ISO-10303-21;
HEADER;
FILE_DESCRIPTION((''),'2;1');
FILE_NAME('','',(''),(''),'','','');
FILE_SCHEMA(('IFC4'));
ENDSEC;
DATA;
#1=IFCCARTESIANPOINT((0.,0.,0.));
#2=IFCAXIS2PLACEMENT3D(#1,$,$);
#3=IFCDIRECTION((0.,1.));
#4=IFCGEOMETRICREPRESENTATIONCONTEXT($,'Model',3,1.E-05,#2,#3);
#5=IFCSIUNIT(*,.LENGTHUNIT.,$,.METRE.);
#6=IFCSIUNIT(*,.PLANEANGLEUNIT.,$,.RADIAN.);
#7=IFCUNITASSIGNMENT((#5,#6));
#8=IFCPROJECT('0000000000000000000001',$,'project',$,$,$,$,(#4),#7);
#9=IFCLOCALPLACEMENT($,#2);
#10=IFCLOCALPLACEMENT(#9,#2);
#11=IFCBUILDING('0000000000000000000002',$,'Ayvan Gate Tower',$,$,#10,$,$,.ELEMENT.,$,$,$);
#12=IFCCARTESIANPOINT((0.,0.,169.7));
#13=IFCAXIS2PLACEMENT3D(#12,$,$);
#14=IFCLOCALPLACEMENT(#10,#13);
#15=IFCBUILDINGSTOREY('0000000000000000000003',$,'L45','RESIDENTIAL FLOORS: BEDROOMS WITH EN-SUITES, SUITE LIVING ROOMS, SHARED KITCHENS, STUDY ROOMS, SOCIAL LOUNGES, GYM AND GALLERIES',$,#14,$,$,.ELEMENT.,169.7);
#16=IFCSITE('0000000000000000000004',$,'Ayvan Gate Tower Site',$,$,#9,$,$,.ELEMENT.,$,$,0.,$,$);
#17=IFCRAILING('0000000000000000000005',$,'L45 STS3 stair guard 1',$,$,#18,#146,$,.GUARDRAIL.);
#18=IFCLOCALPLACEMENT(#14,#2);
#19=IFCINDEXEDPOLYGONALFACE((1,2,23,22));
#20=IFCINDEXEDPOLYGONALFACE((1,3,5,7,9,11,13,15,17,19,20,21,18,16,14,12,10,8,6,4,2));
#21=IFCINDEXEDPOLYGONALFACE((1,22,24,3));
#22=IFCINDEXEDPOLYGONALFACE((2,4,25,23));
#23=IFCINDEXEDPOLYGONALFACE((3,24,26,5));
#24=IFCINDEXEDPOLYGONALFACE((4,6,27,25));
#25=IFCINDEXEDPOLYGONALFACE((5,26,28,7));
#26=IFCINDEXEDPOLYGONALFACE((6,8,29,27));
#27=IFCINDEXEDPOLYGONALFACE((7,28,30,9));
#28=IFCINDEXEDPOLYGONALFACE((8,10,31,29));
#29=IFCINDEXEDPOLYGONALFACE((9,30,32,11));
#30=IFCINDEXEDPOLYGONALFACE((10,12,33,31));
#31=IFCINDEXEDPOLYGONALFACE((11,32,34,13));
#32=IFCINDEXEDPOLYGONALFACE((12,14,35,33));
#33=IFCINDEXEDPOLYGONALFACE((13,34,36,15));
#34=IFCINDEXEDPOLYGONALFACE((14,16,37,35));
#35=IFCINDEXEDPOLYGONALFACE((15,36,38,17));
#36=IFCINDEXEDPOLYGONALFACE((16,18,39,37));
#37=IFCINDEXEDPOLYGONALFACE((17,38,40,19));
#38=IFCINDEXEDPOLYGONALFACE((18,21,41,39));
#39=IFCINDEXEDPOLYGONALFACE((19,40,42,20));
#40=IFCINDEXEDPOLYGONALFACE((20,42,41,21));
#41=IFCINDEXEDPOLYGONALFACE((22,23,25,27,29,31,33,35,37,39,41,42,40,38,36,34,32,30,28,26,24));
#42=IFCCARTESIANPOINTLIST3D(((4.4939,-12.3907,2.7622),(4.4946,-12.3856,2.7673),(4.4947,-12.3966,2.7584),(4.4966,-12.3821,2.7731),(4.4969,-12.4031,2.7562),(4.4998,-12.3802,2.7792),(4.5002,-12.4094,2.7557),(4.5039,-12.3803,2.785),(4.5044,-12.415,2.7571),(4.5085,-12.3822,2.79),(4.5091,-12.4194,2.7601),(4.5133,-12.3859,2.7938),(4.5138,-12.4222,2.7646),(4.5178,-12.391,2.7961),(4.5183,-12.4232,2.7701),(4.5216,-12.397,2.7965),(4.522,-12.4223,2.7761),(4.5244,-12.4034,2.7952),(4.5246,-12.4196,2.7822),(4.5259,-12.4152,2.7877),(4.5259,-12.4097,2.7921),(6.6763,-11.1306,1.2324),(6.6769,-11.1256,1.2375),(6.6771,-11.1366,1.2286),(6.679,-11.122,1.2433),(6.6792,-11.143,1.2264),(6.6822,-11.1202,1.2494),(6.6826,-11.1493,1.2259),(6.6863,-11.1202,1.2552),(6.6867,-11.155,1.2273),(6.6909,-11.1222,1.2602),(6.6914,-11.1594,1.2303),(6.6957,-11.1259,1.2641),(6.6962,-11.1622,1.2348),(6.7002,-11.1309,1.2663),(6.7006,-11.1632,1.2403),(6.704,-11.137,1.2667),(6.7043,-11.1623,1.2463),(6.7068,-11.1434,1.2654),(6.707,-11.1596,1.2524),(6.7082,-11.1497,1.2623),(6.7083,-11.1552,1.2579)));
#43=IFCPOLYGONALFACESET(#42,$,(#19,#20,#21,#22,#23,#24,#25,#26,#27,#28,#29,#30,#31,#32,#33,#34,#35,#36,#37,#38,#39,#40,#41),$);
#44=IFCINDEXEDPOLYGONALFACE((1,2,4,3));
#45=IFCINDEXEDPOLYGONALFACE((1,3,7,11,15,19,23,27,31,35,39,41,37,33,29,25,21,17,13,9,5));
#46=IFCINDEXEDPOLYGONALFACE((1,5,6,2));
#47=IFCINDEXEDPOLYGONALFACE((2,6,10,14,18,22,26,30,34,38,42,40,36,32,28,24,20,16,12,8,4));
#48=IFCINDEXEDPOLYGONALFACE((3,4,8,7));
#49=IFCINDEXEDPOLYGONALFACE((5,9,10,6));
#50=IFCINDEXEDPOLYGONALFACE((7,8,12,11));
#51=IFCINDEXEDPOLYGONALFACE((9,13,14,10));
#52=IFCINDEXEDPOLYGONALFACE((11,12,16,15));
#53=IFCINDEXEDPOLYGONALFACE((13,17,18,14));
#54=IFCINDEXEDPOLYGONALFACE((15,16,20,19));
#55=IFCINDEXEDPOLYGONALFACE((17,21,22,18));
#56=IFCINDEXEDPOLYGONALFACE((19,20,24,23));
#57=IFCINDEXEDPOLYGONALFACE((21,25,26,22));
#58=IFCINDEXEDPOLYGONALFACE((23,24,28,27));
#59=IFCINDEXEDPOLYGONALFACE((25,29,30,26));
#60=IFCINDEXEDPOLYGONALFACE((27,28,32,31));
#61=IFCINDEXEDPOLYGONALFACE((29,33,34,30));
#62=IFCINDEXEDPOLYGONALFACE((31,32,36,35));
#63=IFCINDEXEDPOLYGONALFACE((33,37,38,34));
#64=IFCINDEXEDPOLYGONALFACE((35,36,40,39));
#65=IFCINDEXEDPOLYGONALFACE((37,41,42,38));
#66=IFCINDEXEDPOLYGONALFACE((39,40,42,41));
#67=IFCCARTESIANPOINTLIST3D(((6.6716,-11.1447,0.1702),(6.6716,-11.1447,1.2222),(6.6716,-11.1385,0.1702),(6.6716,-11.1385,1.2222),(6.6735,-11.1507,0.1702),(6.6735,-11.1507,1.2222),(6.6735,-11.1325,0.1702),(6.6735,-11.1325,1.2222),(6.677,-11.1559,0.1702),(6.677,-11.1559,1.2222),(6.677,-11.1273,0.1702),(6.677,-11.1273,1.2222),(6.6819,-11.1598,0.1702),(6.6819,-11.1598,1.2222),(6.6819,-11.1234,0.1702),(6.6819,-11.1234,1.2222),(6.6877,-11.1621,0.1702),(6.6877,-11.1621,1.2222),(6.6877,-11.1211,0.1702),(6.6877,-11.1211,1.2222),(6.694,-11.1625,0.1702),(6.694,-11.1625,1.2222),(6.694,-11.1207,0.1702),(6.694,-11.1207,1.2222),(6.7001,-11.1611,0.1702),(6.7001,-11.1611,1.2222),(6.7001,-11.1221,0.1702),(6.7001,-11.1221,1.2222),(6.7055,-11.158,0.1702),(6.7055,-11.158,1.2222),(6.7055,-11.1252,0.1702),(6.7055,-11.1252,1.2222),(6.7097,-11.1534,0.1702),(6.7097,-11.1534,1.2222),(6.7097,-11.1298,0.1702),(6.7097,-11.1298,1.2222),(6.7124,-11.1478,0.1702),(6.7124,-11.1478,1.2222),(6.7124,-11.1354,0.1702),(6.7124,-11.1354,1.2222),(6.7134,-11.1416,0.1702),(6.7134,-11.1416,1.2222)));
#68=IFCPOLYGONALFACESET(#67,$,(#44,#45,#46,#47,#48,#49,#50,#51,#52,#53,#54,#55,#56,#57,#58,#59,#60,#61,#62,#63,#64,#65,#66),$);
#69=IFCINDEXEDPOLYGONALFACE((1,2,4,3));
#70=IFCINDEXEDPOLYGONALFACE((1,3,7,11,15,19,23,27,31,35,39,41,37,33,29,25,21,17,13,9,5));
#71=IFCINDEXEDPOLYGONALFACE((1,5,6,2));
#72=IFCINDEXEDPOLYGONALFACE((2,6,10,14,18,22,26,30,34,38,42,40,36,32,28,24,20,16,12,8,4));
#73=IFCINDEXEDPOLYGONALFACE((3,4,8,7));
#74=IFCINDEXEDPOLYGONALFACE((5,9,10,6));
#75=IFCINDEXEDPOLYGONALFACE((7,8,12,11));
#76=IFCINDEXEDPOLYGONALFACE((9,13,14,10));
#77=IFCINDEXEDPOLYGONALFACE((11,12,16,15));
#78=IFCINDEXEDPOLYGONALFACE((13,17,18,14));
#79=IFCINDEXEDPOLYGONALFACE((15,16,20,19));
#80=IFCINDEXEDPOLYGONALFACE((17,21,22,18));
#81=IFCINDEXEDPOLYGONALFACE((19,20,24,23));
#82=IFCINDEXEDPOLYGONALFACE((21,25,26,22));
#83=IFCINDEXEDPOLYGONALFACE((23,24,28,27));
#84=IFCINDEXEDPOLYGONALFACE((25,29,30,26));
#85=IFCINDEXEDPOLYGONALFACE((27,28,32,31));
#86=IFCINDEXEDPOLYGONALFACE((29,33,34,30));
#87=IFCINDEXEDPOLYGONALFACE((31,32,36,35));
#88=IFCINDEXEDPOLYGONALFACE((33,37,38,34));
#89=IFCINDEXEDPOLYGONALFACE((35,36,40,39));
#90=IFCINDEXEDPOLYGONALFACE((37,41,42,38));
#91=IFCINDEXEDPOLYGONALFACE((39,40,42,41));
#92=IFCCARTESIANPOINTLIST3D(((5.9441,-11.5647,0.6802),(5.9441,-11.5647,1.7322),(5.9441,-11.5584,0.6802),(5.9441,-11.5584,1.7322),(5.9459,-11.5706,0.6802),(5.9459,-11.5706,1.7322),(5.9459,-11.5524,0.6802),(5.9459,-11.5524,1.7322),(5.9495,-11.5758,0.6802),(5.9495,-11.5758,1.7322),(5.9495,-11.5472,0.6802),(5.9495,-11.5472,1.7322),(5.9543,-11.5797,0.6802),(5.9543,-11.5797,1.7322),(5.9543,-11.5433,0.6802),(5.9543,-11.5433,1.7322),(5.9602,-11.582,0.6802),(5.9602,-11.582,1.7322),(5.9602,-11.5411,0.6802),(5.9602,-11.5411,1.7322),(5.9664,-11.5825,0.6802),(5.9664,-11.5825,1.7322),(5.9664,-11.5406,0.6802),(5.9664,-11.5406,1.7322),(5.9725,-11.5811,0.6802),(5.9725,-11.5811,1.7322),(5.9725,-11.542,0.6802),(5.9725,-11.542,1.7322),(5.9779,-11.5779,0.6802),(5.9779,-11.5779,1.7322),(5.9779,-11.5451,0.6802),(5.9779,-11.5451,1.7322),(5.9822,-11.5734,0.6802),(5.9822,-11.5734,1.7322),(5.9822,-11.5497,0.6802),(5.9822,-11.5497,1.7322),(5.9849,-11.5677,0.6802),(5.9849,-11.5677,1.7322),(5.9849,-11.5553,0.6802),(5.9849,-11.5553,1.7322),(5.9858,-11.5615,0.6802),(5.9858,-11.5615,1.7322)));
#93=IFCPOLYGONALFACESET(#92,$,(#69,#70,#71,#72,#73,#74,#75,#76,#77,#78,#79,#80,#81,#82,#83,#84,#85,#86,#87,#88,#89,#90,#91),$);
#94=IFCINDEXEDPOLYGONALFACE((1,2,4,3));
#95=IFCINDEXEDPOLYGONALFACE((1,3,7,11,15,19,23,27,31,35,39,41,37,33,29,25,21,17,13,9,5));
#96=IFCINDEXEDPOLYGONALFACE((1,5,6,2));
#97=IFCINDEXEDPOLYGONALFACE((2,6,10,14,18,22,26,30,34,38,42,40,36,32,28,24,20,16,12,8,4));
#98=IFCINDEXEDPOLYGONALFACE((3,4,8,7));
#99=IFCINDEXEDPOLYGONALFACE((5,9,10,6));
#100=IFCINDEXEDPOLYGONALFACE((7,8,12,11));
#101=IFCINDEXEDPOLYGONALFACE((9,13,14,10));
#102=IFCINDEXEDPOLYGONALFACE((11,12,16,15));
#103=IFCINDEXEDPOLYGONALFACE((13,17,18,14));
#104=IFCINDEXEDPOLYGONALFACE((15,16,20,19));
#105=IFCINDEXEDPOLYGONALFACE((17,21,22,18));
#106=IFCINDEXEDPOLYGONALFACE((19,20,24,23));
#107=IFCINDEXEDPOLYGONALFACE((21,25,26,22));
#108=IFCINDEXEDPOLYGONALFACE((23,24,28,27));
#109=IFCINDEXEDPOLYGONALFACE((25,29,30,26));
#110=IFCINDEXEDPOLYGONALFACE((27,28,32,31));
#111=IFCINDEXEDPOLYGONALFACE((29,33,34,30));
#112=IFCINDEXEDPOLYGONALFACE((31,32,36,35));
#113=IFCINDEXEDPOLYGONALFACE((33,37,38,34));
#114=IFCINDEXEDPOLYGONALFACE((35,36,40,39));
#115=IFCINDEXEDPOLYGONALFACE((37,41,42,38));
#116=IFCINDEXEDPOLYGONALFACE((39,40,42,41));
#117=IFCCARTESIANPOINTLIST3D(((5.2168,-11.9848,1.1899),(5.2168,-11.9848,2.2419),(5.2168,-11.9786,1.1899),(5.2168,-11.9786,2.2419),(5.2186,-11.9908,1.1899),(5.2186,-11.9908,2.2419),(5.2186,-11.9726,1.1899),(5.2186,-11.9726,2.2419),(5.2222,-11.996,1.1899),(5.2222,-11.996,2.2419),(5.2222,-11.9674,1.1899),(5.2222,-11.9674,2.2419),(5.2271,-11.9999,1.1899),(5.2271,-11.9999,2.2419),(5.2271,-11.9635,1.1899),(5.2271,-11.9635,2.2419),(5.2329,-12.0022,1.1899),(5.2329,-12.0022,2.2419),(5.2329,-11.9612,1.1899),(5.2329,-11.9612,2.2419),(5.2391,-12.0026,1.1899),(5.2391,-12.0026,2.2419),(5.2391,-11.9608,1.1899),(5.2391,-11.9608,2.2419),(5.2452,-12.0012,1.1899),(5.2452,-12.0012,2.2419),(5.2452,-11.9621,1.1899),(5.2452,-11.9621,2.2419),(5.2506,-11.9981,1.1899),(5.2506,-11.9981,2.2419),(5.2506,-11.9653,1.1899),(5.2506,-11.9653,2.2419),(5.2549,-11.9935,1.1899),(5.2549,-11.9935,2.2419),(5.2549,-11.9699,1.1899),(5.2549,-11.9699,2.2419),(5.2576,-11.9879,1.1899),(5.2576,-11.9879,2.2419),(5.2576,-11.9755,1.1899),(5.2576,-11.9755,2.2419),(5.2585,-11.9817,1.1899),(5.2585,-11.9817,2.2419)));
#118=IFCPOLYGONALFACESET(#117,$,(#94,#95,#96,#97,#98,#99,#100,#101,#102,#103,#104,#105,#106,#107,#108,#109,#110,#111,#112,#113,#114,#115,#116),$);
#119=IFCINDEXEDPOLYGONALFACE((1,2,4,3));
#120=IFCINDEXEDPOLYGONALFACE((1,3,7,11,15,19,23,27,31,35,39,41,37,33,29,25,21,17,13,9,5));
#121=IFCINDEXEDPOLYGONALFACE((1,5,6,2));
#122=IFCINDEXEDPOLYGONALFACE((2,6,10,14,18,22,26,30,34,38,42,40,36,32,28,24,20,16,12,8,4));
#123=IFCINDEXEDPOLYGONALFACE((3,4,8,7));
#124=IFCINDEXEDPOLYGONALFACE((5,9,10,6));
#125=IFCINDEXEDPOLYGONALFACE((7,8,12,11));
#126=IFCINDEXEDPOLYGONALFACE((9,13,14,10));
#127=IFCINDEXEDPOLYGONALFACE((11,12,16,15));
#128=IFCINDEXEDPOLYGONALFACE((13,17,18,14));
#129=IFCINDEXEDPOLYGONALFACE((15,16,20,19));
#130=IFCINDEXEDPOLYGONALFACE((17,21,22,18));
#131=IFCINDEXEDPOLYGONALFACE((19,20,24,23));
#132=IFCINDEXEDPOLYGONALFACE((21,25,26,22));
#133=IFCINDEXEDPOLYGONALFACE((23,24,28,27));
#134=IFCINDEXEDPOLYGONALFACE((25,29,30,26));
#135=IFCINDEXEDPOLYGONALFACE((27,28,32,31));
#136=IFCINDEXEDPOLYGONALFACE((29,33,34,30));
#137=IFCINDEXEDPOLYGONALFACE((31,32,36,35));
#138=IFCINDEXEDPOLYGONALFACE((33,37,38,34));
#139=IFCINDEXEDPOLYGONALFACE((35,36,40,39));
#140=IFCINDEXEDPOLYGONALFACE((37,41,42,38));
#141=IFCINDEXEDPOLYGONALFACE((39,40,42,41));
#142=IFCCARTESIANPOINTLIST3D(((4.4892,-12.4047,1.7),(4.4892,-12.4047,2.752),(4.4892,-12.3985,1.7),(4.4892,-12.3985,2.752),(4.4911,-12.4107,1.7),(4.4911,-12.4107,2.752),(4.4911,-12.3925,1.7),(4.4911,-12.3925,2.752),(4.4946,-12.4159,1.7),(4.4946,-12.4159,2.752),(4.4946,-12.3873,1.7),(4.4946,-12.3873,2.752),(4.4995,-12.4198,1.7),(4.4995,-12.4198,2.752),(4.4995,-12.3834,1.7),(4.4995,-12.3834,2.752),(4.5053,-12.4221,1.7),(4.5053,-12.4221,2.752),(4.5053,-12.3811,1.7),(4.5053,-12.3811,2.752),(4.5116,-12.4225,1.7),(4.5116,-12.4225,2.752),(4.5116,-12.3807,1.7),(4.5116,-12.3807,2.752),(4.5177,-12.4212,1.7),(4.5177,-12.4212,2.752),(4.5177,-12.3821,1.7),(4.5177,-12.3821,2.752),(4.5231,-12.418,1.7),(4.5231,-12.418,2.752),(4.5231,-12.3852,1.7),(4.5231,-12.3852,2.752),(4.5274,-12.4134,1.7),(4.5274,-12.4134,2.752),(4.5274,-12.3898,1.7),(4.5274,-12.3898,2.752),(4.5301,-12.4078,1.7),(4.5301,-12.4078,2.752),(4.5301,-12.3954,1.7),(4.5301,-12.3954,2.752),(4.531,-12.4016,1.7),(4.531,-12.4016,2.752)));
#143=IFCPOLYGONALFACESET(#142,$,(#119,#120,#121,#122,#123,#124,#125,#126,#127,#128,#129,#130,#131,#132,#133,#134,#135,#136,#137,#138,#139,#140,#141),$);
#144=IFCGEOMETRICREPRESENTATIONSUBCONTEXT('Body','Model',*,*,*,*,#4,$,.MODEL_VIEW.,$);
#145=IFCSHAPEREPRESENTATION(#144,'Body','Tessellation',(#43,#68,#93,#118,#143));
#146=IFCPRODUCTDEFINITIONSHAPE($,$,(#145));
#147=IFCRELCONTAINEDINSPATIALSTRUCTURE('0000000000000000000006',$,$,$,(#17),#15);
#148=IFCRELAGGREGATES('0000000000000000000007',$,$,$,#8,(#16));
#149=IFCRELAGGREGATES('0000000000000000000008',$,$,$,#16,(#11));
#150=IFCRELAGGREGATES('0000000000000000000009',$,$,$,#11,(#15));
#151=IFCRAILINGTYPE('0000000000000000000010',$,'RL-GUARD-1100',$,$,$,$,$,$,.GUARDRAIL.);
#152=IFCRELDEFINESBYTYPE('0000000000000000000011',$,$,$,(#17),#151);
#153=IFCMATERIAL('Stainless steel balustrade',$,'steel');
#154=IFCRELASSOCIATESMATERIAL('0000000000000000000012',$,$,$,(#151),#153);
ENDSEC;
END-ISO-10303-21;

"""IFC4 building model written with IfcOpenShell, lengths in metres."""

from ifc_helpers import new_model, si_unit, direction, frame, origin, origin_2d, place, context, subcontext, project, spatial, circle, extrude, material, type_object, element, save


model = new_model("IFC4")

# Units and contexts
model_context = context("Model", 3, precision=1e-05, world=origin(), true_north=direction((0.0, 1.0)))
body_context = subcontext(model_context, "Body", "Model", "MODEL_VIEW")
ifc_project = project(units=[si_unit("LENGTHUNIT", "METRE"), si_unit("PLANEANGLEUNIT", "RADIAN")], contexts=[model_context])

# Site, building, storey
site_placement = place(None, origin())
site = spatial("IfcSite", under=ifc_project, at=site_placement, Name="Ayvan Gate Tower Site", CompositionType="ELEMENT", RefElevation=0.0)
building_placement = place(site_placement, origin())
building = spatial("IfcBuilding", under=site, at=building_placement, Name="Ayvan Gate Tower", CompositionType="ELEMENT")
storey_placement = place(building_placement, frame((0.0, 0.0, 169.7)))
storey = spatial("IfcBuildingStorey", under=building, at=storey_placement, Name="L45", Description="RESIDENTIAL FLOORS: BEDROOMS WITH EN-SUITES, SUITE LIVING ROOMS, SHARED KITCHENS, STUDY ROOMS, SOCIAL LOUNGES, GYM AND GALLERIES", CompositionType="ELEMENT", Elevation=169.7)

# Railing
ifc_material_1 = material(Name="Stainless steel balustrade", Category="steel")
railing_type_1 = type_object("IfcRailingType", Name="RL-GUARD-1100", PredefinedType="GUARDRAIL", material=ifc_material_1)
railing_1_placement = place(storey_placement, frame((6.6924, -11.1416, 0.1702)))
element("IfcRailing", 1, at=railing_1_placement, inside=storey, type_object=railing_type_1, Name="L45 STS3 stair guard 1", PredefinedType="GUARDRAIL", context=body_context, shape_type="SweptSolid", body=[
    extrude(circle(Radius=0.0239, at=origin_2d()), frame((0.0, 0.0, 1.0762), z_axis=(-0.740293, -0.427414, 0.518926), x_axis=(0.500005, -0.866023, 0.0)), (0.0, 0.0, 1.0), 2.948),
    extrude(circle(Radius=0.021, at=origin_2d()), origin(), (0.0, 0.0, 1.0), 1.052),
    extrude(circle(Radius=0.021, at=origin_2d()), frame((-0.7275, -0.4199, 0.51)), (0.0, 0.0, 1.0), 1.052),
    extrude(circle(Radius=0.021, at=origin_2d()), frame((-1.4548, -0.8401, 1.0198)), (0.0, 0.0, 1.0), 1.052),
    extrude(circle(Radius=0.021, at=origin_2d()), frame((-2.1824, -1.26, 1.5298)), (0.0, 0.0, 1.0), 1.052),
])

save(model, "model.ifc")
